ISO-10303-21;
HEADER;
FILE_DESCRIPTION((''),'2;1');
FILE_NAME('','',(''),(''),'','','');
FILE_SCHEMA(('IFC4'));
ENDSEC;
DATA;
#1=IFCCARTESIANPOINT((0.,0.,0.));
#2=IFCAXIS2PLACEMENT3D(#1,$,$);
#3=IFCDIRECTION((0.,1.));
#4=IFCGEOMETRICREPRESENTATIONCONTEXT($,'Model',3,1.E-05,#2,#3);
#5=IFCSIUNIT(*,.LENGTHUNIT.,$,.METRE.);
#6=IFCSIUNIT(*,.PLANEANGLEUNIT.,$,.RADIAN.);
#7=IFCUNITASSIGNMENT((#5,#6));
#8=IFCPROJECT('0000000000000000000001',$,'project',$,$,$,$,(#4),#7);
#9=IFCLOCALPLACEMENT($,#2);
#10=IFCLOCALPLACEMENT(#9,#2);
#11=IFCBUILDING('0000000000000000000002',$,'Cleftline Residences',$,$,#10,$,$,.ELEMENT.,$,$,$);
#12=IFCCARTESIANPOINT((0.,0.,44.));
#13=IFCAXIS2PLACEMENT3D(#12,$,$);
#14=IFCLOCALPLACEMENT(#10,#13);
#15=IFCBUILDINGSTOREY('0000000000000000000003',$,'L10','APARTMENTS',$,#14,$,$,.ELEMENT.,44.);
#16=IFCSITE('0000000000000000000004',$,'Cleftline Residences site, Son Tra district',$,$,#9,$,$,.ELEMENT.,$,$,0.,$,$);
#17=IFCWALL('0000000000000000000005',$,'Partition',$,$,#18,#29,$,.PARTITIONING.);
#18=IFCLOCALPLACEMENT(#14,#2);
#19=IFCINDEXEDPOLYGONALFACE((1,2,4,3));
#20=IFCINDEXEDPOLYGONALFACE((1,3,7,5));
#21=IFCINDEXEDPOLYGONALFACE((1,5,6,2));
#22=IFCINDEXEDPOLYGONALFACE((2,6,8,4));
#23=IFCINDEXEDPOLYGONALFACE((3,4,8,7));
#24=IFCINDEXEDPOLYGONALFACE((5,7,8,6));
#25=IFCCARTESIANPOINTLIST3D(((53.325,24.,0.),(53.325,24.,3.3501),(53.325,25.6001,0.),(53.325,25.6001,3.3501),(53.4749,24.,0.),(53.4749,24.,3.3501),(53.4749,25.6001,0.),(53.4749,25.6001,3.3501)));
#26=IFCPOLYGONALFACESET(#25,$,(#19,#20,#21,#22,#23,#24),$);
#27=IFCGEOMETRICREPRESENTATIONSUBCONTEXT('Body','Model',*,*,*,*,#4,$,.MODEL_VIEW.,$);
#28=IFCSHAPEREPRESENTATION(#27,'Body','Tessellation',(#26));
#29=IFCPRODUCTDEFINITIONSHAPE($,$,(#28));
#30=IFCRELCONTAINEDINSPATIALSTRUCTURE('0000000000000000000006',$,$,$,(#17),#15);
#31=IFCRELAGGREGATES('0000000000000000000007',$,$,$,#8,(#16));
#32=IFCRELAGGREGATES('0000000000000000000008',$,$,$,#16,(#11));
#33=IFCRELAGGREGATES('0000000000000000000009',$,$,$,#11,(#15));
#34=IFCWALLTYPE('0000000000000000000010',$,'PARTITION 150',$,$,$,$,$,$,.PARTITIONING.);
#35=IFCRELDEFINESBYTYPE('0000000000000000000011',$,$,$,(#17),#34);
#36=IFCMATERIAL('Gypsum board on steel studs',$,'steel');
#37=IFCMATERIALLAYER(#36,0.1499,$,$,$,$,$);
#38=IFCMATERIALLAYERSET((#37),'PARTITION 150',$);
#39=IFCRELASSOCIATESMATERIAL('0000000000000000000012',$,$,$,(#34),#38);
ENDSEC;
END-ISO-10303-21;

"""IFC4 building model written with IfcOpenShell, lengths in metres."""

from ifc_helpers import new_model, si_unit, direction, frame, frame_2d, origin, place, context, subcontext, project, spatial, rectangle, extrude, material, layer, layer_set, type_object, element, save


model = new_model("IFC4")

# Units and contexts
model_context = context("Model", 3, precision=1e-05, world=origin(), true_north=direction((0.0, 1.0)))
body_context = subcontext(model_context, "Body", "Model", "MODEL_VIEW")
ifc_project = project(units=[si_unit("LENGTHUNIT", "METRE"), si_unit("PLANEANGLEUNIT", "RADIAN")], contexts=[model_context])

# Site, building, storey
site_placement = place(None, origin())
site = spatial("IfcSite", under=ifc_project, at=site_placement, Name="Cleftline Residences site, Son Tra district", CompositionType="ELEMENT", RefElevation=0.0)
building_placement = place(site_placement, origin())
building = spatial("IfcBuilding", under=site, at=building_placement, Name="Cleftline Residences", CompositionType="ELEMENT")
storey_placement = place(building_placement, frame((0.0, 0.0, 44.0)))
storey = spatial("IfcBuildingStorey", under=building, at=storey_placement, Name="L10", Description="APARTMENTS", CompositionType="ELEMENT", Elevation=44.0)

# Shared definitions
ifc_material_1 = material(Name="Gypsum board on steel studs", Category="steel")
ifc_layer_1 = layer(ifc_material_1, 0.1499)
ifc_layer_set_1 = layer_set([ifc_layer_1], Name="PARTITION 150")
wall_type_1 = type_object("IfcWallType", Name="PARTITION 150", PredefinedType="PARTITIONING", material=ifc_layer_set_1)

# Wall
wall_1_placement = place(storey_placement, frame((53.3999, 24.0, 0.0), z_axis=(0.0, 0.0, 1.0), x_axis=(0.0, 1.0, 0.0)))
element("IfcWall", 1, at=wall_1_placement, inside=storey, type_object=wall_type_1, Name="Partition", PredefinedType="PARTITIONING", context=body_context, shape_type="SweptSolid", body=[
    extrude(rectangle(XDim=1.6001, YDim=0.1499, at=frame_2d((0.8, 0.0))), origin(), (0.0, 0.0, 1.0), 3.3501),
])

save(model, "model.ifc")
